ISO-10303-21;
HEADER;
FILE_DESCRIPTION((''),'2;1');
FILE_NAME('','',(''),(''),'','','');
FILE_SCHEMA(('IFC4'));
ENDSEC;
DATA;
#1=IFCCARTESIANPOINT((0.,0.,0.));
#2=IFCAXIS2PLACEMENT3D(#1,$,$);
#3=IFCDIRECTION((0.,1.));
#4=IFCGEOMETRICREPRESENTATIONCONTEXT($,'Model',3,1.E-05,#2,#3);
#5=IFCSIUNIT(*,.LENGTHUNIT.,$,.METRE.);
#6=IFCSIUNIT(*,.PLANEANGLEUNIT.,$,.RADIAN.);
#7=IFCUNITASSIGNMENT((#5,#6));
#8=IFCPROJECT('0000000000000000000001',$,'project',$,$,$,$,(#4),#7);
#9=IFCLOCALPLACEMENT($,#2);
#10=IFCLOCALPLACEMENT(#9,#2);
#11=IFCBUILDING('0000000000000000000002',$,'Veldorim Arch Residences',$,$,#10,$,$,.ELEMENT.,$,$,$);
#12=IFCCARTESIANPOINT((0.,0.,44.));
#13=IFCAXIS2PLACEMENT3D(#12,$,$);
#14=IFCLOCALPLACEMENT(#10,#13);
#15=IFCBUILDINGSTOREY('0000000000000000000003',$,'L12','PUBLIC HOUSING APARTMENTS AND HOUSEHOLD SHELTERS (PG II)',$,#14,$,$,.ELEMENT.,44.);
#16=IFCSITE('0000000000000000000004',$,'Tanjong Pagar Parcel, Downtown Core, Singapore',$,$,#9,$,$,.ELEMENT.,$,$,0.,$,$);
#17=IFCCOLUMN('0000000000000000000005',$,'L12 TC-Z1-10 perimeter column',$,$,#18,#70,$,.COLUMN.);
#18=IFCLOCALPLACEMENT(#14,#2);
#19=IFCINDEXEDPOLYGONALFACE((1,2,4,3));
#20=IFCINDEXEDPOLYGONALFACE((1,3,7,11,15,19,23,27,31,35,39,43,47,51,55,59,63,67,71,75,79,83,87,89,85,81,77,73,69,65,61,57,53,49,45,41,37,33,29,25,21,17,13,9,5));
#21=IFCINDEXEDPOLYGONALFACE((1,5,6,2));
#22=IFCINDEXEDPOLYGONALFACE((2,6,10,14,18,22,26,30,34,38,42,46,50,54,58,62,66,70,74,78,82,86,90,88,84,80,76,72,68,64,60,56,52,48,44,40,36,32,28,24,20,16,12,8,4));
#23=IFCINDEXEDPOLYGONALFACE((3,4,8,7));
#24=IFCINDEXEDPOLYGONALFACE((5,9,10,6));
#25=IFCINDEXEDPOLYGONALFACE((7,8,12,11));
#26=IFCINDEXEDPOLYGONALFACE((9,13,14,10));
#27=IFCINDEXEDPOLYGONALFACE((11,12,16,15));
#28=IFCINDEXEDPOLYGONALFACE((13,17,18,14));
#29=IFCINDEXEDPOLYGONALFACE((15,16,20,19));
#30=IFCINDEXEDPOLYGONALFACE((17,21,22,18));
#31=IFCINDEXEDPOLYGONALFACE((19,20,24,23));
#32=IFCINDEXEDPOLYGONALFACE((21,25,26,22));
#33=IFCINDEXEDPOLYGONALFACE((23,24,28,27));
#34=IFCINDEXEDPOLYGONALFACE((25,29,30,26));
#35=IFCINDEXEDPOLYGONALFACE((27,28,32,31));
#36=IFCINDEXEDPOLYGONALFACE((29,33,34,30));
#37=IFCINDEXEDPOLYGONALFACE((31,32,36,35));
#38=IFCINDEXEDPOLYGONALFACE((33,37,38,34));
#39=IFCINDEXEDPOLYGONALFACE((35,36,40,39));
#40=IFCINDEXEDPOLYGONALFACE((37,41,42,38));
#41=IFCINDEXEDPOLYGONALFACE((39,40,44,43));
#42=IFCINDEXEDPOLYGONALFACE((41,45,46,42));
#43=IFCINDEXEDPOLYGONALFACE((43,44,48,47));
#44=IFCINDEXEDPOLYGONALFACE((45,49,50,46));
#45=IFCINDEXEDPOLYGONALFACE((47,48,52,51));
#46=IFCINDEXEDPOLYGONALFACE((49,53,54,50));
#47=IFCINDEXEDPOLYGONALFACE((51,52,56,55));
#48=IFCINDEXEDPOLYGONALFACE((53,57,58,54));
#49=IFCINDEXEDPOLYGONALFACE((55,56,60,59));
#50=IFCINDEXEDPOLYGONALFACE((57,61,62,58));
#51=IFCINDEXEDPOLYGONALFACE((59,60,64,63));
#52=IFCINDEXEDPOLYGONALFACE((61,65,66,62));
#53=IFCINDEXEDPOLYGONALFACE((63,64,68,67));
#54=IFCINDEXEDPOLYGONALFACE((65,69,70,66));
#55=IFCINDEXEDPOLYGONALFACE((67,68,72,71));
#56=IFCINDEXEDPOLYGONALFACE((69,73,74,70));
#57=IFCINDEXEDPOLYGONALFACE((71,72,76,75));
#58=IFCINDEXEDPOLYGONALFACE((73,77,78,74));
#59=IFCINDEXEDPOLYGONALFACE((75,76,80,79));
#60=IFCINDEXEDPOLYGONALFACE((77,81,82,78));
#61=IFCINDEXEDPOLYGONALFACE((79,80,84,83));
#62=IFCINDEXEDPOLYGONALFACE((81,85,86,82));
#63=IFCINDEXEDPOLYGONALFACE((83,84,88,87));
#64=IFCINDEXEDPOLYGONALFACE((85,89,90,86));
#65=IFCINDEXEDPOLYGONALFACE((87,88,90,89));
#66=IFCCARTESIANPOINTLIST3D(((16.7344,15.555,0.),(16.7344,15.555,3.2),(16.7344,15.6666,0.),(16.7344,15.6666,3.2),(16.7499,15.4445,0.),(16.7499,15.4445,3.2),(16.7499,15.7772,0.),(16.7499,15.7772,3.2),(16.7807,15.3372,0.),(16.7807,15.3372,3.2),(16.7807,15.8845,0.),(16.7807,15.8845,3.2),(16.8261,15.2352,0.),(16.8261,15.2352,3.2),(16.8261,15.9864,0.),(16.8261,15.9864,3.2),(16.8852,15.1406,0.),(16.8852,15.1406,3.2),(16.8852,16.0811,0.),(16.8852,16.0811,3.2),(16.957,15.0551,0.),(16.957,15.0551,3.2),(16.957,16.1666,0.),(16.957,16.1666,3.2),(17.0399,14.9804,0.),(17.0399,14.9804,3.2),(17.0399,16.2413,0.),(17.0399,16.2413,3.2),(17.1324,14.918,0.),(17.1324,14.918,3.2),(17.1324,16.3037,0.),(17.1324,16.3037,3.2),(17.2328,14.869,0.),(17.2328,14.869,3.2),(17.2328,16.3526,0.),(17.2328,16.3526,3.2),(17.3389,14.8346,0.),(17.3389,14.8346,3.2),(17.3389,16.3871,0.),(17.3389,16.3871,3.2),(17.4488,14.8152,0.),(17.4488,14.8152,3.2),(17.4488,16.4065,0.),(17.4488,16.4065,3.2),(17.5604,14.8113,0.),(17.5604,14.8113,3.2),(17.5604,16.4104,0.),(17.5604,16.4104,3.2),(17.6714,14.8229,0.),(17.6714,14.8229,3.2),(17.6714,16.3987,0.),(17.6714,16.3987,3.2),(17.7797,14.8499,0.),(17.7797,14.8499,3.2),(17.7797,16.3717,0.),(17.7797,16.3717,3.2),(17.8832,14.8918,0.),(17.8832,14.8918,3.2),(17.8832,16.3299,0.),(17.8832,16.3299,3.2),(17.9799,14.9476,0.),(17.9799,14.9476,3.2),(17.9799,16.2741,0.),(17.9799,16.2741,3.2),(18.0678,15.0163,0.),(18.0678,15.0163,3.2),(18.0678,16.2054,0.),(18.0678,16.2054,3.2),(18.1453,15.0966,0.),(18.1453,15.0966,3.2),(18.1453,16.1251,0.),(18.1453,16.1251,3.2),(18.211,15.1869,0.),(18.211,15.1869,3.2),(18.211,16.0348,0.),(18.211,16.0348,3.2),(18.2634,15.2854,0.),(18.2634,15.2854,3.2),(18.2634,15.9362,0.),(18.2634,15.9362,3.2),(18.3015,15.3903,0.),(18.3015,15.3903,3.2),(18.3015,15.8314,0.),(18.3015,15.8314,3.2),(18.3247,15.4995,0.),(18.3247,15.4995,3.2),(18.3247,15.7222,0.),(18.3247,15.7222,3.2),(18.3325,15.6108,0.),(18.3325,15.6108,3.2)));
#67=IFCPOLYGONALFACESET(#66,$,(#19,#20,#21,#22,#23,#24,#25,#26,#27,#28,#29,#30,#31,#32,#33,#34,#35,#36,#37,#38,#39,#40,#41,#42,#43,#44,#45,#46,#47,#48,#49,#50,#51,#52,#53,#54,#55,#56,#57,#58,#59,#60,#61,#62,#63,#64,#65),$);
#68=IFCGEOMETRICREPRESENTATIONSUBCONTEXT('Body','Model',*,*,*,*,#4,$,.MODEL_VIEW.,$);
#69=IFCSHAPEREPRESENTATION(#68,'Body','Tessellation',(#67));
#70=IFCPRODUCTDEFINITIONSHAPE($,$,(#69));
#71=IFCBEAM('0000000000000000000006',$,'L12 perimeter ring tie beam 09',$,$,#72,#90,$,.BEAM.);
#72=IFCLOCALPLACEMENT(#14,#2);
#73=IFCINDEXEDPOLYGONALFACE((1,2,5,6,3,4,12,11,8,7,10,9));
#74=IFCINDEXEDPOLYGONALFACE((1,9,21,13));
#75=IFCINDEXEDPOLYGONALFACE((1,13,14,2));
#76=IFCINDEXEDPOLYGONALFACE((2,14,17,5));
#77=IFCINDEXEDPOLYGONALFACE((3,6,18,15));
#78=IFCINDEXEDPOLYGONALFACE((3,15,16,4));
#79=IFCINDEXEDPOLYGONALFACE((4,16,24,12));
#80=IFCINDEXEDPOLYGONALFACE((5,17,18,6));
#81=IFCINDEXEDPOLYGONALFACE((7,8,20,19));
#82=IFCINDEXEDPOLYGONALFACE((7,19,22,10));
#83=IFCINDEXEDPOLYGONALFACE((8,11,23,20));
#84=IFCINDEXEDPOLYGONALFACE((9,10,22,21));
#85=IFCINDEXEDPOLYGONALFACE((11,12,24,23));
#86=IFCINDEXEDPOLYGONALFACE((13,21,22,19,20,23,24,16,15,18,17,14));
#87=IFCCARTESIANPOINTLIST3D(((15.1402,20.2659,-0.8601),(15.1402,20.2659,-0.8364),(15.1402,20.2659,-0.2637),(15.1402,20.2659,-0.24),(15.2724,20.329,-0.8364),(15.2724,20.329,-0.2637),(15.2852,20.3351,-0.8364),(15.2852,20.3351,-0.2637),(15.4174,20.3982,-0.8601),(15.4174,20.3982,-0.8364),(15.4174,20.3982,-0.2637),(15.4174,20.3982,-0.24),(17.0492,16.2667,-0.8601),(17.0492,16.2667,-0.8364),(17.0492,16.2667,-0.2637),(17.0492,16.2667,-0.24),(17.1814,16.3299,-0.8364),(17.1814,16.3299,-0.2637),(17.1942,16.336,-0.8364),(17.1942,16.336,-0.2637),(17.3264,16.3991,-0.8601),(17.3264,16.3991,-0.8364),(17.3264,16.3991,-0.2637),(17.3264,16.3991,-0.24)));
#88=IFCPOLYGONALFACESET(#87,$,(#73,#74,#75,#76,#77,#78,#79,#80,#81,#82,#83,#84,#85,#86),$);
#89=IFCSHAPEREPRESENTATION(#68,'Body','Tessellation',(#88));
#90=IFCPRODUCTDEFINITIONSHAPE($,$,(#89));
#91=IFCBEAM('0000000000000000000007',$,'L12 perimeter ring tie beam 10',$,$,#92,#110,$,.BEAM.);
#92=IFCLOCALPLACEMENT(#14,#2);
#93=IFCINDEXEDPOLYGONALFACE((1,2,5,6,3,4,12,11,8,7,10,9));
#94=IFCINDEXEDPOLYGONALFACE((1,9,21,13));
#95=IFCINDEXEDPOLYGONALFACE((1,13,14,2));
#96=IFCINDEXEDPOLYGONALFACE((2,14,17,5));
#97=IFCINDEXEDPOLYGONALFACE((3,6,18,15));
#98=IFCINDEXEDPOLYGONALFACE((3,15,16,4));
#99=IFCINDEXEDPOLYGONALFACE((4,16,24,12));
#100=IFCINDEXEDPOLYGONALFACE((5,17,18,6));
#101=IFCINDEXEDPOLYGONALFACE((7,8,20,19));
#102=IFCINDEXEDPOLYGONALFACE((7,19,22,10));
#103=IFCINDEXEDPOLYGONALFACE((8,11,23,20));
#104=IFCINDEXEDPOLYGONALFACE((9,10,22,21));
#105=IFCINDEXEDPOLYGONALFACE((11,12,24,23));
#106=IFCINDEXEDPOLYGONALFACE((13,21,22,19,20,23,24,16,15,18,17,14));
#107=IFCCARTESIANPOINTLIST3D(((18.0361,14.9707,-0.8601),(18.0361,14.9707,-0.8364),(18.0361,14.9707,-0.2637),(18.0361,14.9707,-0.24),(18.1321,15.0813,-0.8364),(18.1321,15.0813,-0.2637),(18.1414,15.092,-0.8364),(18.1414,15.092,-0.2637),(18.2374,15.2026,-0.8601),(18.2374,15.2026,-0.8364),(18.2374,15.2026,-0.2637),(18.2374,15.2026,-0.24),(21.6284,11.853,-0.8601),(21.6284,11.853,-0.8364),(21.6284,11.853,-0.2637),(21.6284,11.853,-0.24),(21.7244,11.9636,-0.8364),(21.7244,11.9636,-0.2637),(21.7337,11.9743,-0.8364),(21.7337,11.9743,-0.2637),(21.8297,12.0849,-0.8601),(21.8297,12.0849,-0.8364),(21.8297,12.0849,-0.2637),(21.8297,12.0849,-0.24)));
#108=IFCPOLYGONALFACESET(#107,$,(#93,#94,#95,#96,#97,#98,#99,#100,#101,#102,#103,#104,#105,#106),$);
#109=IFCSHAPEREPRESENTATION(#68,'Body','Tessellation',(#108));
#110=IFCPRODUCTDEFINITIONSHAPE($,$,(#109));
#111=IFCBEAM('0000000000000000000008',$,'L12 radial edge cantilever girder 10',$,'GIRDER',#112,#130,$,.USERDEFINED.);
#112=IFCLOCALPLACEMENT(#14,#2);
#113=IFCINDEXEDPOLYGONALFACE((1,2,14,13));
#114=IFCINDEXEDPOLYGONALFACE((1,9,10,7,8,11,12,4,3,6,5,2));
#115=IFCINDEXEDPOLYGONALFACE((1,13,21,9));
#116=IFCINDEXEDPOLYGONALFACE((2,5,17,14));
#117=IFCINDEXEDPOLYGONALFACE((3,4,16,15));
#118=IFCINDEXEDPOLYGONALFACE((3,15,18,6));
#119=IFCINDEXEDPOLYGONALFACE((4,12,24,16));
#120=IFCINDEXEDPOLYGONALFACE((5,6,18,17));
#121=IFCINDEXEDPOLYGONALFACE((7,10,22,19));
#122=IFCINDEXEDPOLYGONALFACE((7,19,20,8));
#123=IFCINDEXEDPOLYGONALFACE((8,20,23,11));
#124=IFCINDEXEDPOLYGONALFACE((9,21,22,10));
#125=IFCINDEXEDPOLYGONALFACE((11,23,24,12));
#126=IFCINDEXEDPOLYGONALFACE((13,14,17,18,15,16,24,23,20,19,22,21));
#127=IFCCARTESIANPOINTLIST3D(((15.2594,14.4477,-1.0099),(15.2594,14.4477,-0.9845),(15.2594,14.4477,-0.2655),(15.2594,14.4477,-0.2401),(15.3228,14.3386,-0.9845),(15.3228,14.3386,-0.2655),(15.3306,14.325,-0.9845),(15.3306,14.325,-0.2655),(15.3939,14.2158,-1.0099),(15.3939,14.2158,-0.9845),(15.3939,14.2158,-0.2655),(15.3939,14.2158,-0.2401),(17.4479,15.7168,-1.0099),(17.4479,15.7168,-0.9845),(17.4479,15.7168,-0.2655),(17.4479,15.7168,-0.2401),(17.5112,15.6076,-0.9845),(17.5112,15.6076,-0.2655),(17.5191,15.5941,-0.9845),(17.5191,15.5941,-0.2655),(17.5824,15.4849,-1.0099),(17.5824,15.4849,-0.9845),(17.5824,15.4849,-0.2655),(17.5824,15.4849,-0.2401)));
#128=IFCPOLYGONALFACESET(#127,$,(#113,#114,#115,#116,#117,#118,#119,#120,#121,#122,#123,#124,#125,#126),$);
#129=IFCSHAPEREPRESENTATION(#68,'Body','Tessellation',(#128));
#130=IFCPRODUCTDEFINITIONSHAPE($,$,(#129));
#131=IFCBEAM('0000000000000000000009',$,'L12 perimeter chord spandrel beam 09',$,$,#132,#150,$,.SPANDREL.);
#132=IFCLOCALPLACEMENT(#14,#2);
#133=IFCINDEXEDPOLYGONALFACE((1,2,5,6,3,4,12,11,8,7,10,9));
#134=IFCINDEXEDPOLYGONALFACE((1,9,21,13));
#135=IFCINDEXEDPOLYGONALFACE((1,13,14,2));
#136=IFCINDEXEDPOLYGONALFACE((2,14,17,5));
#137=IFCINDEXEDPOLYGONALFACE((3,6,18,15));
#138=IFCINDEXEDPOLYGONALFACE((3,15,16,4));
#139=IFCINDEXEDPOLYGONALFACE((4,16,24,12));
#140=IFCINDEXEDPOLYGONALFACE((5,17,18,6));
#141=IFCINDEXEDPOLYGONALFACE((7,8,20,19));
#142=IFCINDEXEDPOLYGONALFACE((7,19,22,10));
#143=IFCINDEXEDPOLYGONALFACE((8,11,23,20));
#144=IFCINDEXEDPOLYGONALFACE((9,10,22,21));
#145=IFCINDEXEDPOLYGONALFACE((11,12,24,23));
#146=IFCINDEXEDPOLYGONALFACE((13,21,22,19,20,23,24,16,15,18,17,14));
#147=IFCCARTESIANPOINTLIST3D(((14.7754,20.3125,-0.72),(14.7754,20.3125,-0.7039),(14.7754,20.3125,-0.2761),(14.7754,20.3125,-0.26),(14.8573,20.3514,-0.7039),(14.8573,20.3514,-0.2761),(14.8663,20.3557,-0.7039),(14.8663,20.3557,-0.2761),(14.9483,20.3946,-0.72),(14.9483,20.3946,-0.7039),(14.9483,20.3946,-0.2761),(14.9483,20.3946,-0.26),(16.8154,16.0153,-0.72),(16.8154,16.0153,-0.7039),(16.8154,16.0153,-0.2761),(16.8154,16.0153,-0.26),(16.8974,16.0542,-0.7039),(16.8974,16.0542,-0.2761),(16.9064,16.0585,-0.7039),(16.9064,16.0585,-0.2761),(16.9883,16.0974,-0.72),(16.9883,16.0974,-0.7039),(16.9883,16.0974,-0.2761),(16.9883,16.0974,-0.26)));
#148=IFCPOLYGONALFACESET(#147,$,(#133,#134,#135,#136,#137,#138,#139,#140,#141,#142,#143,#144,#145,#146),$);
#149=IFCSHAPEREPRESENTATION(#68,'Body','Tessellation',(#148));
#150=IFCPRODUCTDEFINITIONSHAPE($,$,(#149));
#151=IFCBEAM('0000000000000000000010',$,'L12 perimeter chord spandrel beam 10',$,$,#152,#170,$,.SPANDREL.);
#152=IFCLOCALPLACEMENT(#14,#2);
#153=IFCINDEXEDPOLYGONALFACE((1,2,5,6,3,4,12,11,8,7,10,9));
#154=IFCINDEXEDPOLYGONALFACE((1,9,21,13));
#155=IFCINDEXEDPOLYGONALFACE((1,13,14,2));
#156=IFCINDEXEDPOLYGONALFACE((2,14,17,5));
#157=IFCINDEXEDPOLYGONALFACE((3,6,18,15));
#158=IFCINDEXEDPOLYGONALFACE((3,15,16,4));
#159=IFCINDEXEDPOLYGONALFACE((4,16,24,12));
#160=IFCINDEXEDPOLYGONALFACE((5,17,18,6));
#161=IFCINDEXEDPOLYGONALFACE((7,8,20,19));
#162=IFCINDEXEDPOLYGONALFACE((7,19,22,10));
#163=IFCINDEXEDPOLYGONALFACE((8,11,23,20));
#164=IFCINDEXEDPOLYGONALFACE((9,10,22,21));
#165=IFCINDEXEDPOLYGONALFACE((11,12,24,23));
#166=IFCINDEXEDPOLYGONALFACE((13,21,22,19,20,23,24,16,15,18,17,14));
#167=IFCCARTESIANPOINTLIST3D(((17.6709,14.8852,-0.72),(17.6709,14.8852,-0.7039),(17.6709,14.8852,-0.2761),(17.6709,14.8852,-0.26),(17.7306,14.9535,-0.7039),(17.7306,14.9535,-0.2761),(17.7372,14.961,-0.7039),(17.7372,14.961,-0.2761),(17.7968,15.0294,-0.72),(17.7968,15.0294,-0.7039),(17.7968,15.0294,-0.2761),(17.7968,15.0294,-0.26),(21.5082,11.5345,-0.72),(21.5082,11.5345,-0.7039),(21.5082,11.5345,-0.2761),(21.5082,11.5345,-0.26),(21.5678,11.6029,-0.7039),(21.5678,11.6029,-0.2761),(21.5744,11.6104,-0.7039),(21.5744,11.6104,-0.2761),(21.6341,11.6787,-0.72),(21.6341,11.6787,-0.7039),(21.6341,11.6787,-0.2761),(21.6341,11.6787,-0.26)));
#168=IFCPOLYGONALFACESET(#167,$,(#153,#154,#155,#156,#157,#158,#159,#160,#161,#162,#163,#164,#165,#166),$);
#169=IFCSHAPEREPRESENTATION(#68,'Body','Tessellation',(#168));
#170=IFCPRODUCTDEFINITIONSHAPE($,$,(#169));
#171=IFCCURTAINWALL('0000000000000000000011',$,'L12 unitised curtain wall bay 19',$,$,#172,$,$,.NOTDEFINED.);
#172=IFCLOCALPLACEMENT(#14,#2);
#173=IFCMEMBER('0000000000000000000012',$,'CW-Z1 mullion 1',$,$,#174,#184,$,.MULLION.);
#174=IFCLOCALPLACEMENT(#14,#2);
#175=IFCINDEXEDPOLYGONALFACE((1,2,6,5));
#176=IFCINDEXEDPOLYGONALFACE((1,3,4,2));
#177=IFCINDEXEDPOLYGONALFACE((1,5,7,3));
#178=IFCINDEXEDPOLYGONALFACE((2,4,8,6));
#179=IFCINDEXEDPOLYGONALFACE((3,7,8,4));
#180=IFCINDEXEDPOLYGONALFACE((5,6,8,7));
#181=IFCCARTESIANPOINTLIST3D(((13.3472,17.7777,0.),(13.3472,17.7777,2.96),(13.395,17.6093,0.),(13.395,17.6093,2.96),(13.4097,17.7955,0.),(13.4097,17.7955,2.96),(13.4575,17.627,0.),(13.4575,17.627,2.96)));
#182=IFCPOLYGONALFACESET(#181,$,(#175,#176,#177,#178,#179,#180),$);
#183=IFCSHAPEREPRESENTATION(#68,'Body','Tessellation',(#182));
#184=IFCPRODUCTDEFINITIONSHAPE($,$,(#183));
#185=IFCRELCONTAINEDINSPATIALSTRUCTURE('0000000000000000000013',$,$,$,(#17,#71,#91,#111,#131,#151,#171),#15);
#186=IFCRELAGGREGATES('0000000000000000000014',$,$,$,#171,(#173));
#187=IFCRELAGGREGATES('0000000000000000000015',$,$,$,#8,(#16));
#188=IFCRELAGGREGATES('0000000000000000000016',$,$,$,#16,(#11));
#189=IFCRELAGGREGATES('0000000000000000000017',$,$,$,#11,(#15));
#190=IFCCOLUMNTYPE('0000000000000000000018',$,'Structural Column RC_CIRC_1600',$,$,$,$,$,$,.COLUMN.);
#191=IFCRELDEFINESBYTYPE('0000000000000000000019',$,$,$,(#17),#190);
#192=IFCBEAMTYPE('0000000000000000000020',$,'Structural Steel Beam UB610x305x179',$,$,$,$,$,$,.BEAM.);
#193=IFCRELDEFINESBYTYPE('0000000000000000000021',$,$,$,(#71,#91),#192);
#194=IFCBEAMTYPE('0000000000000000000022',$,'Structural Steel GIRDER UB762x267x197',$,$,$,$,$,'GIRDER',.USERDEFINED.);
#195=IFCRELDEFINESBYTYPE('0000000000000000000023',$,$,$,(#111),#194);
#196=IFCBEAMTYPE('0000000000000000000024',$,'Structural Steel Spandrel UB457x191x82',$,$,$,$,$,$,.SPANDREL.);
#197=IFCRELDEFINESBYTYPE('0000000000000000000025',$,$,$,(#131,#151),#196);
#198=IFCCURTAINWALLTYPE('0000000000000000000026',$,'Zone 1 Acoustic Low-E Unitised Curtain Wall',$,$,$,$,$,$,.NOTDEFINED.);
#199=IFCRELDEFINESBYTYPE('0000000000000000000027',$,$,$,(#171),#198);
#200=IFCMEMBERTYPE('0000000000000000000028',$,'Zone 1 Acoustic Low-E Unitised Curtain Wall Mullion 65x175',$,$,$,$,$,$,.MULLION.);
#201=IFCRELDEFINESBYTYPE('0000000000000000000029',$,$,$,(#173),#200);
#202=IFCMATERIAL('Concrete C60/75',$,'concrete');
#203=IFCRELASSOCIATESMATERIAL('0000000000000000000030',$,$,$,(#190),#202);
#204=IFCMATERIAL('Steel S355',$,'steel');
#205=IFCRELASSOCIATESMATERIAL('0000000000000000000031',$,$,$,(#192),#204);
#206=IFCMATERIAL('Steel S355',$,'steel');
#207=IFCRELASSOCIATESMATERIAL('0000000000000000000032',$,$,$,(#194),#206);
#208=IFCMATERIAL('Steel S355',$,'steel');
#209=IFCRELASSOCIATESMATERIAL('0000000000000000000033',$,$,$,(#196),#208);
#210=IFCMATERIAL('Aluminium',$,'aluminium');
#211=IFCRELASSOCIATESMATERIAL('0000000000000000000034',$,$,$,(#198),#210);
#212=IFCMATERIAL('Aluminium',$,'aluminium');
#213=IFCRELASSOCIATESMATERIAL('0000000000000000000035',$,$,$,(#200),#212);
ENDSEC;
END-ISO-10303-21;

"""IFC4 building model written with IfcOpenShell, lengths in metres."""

from ifc_helpers import new_model, si_unit, direction, frame, origin, origin_2d, place, context, subcontext, project, spatial, rectangle, circle, i_section, extrude, material, material_profile, profile_set, type_object, element, aggregate, save


model = new_model("IFC4")

# Units and contexts
model_context = context("Model", 3, precision=1e-05, world=origin(), true_north=direction((0.0, 1.0)))
body_context = subcontext(model_context, "Body", "Model", "MODEL_VIEW")
ifc_project = project(units=[si_unit("LENGTHUNIT", "METRE"), si_unit("PLANEANGLEUNIT", "RADIAN")], contexts=[model_context])

# Site, building, storey
site_placement = place(None, origin())
site = spatial("IfcSite", under=ifc_project, at=site_placement, Name="Tanjong Pagar Parcel, Downtown Core, Singapore", CompositionType="ELEMENT", RefElevation=0.0)
building_placement = place(site_placement, origin())
building = spatial("IfcBuilding", under=site, at=building_placement, Name="Veldorim Arch Residences", CompositionType="ELEMENT")
storey_placement = place(building_placement, frame((0.0, 0.0, 44.0)))
storey = spatial("IfcBuildingStorey", under=building, at=storey_placement, Name="L12", Description="PUBLIC HOUSING APARTMENTS AND HOUSEHOLD SHELTERS (PG II)", CompositionType="ELEMENT", Elevation=44.0)

# Column
ifc_material_1 = material(Name="Concrete C60/75", Category="concrete")
ifc_material_profile_1 = material_profile(ifc_material_1, circle(Radius=0.8, at=origin_2d()), Name="RC_CIRC_1600")
ifc_profile_set_1 = profile_set([ifc_material_profile_1], Name="Concrete C60/75")
column_type = type_object("IfcColumnType", Name="Structural Column RC_CIRC_1600", PredefinedType="COLUMN", material=ifc_profile_set_1)
column_placement = place(storey_placement, frame((17.5325, 15.6108, 0.0), z_axis=(0.0, 0.0, 1.0), x_axis=(1.0, 0.0, 0.0)))
element("IfcColumn", 1, at=column_placement, inside=storey, type_object=column_type, Name="L12 TC-Z1-10 perimeter column", PredefinedType="COLUMN", context=body_context, shape_type="SweptSolid", body=[
    extrude(circle(Radius=0.8, at=origin_2d()), origin(), (0.0, 0.0, 1.0), 3.2),
])

# Beams
ifc_material_2 = material(Name="Steel S355", Category="steel")
ifc_material_profile_2 = material_profile(ifc_material_2, i_section(OverallWidth=0.3071, OverallDepth=0.6201, WebThickness=0.0142, FlangeThickness=0.0237, at=origin_2d()), Name="UB610x305x179")
ifc_profile_set_2 = profile_set([ifc_material_profile_2], Name="Steel S355")
beam_type_1 = type_object("IfcBeamType", Name="Structural Steel Beam UB610x305x179", PredefinedType="BEAM", material=ifc_profile_set_2)
beam_1_placement = place(storey_placement, frame((15.2788, 20.332, -0.55), z_axis=(0.430787, -0.902454, 0.0), x_axis=(0.902454, 0.430787, 0.0)))
element("IfcBeam", 2, at=beam_1_placement, inside=storey, type_object=beam_type_1, Name="L12 perimeter ring tie beam 09", PredefinedType="BEAM", context=body_context, shape_type="SweptSolid", body=[
    extrude(i_section(OverallWidth=0.3071, OverallDepth=0.6201, WebThickness=0.0142, FlangeThickness=0.0237, at=origin_2d()), origin(), (0.0, 0.0, 1.0), 4.4314),
])
beam_2_placement = place(storey_placement, frame((18.1367, 15.0867, -0.55), z_axis=(0.755235, -0.655454, 0.0), x_axis=(0.655454, 0.755235, 0.0)))
element("IfcBeam", 3, at=beam_2_placement, inside=storey, type_object=beam_type_1, Name="L12 perimeter ring tie beam 10", PredefinedType="BEAM", context=body_context, shape_type="SweptSolid", body=[
    extrude(i_section(OverallWidth=0.3071, OverallDepth=0.6201, WebThickness=0.0142, FlangeThickness=0.0237, at=origin_2d()), origin(), (0.0, 0.0, 1.0), 4.7566),
])
ifc_material_3 = material(Name="Steel S355", Category="steel")
ifc_material_profile_3 = material_profile(ifc_material_3, i_section(OverallWidth=0.2681, OverallDepth=0.7698, WebThickness=0.0156, FlangeThickness=0.0254, at=origin_2d()), Name="UB762x267x197")
ifc_profile_set_3 = profile_set([ifc_material_profile_3], Name="Steel S355")
beam_type_2 = type_object("IfcBeamType", Name="Structural Steel GIRDER UB762x267x197", ElementType="GIRDER", PredefinedType="USERDEFINED", material=ifc_profile_set_3)
beam_3_placement = place(storey_placement, frame((17.5151, 15.6008, -0.625), z_axis=(-0.865078, -0.501637, 0.0), x_axis=(0.501637, -0.865078, 0.0)))
element("IfcBeam", 4, at=beam_3_placement, inside=storey, type_object=beam_type_2, Name="L12 radial edge cantilever girder 10", ObjectType="GIRDER", PredefinedType="USERDEFINED", context=body_context, shape_type="SweptSolid", body=[
    extrude(i_section(OverallWidth=0.2681, OverallDepth=0.7698, WebThickness=0.0156, FlangeThickness=0.0254, at=origin_2d()), origin(), (0.0, 0.0, 1.0), 2.5298),
])
ifc_material_4 = material(Name="Steel S355", Category="steel")
ifc_material_profile_4 = material_profile(ifc_material_4, i_section(OverallWidth=0.1914, OverallDepth=0.46, WebThickness=0.01, FlangeThickness=0.0161, at=origin_2d()), Name="UB457x191x82")
ifc_profile_set_4 = profile_set([ifc_material_profile_4], Name="Steel S355")
beam_type_3 = type_object("IfcBeamType", Name="Structural Steel Spandrel UB457x191x82", PredefinedType="SPANDREL", material=ifc_profile_set_4)
beam_4_placement = place(storey_placement, frame((14.8618, 20.3535, -0.49), z_axis=(0.428869, -0.903366, 0.0), x_axis=(0.903366, 0.428869, 0.0)))
element("IfcBeam", 5, at=beam_4_placement, inside=storey, type_object=beam_type_3, Name="L12 perimeter chord spandrel beam 09", PredefinedType="SPANDREL", context=body_context, shape_type="SweptSolid", body=[
    extrude(i_section(OverallWidth=0.1914, OverallDepth=0.46, WebThickness=0.01, FlangeThickness=0.0161, at=origin_2d()), origin(), (0.0, 0.0, 1.0), 4.7568),
])
beam_5_placement = place(storey_placement, frame((17.7339, 14.9573, -0.49), z_axis=(0.75325, -0.657734, 0.0), x_axis=(0.657734, 0.75325, 0.0)))
element("IfcBeam", 6, at=beam_5_placement, inside=storey, type_object=beam_type_3, Name="L12 perimeter chord spandrel beam 10", PredefinedType="SPANDREL", context=body_context, shape_type="SweptSolid", body=[
    extrude(i_section(OverallWidth=0.1914, OverallDepth=0.46, WebThickness=0.01, FlangeThickness=0.0161, at=origin_2d()), origin(), (0.0, 0.0, 1.0), 5.0942),
])

# Curtain wall, member
ifc_material_5 = material(Name="Aluminium", Category="aluminium")
curtain_wall_type = type_object("IfcCurtainWallType", Name="Zone 1 Acoustic Low-E Unitised Curtain Wall", PredefinedType="NOTDEFINED", material=ifc_material_5)
curtain_wall_placement = place(storey_placement, origin())
curtain_wall = element("IfcCurtainWall", 7, at=curtain_wall_placement, inside=storey, type_object=curtain_wall_type, Name="L12 unitised curtain wall bay 19", PredefinedType="NOTDEFINED")
ifc_material_6 = material(Name="Aluminium", Category="aluminium")
ifc_material_profile_5 = material_profile(ifc_material_6, rectangle(XDim=0.0649, YDim=0.175, at=origin_2d()), Name="ALU_MUL_65x175")
ifc_profile_set_5 = profile_set([ifc_material_profile_5], Name="Aluminium")
member_type_1 = type_object("IfcMemberType", Name="Zone 1 Acoustic Low-E Unitised Curtain Wall Mullion 65x175", PredefinedType="MULLION", material=ifc_profile_set_5)
member_1_placement = place(storey_placement, frame((13.4023, 17.7024, 0.0), z_axis=(0.0, 0.0, 1.0), x_axis=(-0.962071, -0.272798, 0.0)))
member_1 = element("IfcMember", 8, at=member_1_placement, type_object=member_type_1, Name="CW-Z1 mullion 1", PredefinedType="MULLION", context=body_context, shape_type="SweptSolid", body=[
    extrude(rectangle(XDim=0.0649, YDim=0.175, at=origin_2d()), origin(), (0.0, 0.0, 1.0), 2.96),
])
aggregate(curtain_wall, [member_1])

save(model, "model.ifc")
